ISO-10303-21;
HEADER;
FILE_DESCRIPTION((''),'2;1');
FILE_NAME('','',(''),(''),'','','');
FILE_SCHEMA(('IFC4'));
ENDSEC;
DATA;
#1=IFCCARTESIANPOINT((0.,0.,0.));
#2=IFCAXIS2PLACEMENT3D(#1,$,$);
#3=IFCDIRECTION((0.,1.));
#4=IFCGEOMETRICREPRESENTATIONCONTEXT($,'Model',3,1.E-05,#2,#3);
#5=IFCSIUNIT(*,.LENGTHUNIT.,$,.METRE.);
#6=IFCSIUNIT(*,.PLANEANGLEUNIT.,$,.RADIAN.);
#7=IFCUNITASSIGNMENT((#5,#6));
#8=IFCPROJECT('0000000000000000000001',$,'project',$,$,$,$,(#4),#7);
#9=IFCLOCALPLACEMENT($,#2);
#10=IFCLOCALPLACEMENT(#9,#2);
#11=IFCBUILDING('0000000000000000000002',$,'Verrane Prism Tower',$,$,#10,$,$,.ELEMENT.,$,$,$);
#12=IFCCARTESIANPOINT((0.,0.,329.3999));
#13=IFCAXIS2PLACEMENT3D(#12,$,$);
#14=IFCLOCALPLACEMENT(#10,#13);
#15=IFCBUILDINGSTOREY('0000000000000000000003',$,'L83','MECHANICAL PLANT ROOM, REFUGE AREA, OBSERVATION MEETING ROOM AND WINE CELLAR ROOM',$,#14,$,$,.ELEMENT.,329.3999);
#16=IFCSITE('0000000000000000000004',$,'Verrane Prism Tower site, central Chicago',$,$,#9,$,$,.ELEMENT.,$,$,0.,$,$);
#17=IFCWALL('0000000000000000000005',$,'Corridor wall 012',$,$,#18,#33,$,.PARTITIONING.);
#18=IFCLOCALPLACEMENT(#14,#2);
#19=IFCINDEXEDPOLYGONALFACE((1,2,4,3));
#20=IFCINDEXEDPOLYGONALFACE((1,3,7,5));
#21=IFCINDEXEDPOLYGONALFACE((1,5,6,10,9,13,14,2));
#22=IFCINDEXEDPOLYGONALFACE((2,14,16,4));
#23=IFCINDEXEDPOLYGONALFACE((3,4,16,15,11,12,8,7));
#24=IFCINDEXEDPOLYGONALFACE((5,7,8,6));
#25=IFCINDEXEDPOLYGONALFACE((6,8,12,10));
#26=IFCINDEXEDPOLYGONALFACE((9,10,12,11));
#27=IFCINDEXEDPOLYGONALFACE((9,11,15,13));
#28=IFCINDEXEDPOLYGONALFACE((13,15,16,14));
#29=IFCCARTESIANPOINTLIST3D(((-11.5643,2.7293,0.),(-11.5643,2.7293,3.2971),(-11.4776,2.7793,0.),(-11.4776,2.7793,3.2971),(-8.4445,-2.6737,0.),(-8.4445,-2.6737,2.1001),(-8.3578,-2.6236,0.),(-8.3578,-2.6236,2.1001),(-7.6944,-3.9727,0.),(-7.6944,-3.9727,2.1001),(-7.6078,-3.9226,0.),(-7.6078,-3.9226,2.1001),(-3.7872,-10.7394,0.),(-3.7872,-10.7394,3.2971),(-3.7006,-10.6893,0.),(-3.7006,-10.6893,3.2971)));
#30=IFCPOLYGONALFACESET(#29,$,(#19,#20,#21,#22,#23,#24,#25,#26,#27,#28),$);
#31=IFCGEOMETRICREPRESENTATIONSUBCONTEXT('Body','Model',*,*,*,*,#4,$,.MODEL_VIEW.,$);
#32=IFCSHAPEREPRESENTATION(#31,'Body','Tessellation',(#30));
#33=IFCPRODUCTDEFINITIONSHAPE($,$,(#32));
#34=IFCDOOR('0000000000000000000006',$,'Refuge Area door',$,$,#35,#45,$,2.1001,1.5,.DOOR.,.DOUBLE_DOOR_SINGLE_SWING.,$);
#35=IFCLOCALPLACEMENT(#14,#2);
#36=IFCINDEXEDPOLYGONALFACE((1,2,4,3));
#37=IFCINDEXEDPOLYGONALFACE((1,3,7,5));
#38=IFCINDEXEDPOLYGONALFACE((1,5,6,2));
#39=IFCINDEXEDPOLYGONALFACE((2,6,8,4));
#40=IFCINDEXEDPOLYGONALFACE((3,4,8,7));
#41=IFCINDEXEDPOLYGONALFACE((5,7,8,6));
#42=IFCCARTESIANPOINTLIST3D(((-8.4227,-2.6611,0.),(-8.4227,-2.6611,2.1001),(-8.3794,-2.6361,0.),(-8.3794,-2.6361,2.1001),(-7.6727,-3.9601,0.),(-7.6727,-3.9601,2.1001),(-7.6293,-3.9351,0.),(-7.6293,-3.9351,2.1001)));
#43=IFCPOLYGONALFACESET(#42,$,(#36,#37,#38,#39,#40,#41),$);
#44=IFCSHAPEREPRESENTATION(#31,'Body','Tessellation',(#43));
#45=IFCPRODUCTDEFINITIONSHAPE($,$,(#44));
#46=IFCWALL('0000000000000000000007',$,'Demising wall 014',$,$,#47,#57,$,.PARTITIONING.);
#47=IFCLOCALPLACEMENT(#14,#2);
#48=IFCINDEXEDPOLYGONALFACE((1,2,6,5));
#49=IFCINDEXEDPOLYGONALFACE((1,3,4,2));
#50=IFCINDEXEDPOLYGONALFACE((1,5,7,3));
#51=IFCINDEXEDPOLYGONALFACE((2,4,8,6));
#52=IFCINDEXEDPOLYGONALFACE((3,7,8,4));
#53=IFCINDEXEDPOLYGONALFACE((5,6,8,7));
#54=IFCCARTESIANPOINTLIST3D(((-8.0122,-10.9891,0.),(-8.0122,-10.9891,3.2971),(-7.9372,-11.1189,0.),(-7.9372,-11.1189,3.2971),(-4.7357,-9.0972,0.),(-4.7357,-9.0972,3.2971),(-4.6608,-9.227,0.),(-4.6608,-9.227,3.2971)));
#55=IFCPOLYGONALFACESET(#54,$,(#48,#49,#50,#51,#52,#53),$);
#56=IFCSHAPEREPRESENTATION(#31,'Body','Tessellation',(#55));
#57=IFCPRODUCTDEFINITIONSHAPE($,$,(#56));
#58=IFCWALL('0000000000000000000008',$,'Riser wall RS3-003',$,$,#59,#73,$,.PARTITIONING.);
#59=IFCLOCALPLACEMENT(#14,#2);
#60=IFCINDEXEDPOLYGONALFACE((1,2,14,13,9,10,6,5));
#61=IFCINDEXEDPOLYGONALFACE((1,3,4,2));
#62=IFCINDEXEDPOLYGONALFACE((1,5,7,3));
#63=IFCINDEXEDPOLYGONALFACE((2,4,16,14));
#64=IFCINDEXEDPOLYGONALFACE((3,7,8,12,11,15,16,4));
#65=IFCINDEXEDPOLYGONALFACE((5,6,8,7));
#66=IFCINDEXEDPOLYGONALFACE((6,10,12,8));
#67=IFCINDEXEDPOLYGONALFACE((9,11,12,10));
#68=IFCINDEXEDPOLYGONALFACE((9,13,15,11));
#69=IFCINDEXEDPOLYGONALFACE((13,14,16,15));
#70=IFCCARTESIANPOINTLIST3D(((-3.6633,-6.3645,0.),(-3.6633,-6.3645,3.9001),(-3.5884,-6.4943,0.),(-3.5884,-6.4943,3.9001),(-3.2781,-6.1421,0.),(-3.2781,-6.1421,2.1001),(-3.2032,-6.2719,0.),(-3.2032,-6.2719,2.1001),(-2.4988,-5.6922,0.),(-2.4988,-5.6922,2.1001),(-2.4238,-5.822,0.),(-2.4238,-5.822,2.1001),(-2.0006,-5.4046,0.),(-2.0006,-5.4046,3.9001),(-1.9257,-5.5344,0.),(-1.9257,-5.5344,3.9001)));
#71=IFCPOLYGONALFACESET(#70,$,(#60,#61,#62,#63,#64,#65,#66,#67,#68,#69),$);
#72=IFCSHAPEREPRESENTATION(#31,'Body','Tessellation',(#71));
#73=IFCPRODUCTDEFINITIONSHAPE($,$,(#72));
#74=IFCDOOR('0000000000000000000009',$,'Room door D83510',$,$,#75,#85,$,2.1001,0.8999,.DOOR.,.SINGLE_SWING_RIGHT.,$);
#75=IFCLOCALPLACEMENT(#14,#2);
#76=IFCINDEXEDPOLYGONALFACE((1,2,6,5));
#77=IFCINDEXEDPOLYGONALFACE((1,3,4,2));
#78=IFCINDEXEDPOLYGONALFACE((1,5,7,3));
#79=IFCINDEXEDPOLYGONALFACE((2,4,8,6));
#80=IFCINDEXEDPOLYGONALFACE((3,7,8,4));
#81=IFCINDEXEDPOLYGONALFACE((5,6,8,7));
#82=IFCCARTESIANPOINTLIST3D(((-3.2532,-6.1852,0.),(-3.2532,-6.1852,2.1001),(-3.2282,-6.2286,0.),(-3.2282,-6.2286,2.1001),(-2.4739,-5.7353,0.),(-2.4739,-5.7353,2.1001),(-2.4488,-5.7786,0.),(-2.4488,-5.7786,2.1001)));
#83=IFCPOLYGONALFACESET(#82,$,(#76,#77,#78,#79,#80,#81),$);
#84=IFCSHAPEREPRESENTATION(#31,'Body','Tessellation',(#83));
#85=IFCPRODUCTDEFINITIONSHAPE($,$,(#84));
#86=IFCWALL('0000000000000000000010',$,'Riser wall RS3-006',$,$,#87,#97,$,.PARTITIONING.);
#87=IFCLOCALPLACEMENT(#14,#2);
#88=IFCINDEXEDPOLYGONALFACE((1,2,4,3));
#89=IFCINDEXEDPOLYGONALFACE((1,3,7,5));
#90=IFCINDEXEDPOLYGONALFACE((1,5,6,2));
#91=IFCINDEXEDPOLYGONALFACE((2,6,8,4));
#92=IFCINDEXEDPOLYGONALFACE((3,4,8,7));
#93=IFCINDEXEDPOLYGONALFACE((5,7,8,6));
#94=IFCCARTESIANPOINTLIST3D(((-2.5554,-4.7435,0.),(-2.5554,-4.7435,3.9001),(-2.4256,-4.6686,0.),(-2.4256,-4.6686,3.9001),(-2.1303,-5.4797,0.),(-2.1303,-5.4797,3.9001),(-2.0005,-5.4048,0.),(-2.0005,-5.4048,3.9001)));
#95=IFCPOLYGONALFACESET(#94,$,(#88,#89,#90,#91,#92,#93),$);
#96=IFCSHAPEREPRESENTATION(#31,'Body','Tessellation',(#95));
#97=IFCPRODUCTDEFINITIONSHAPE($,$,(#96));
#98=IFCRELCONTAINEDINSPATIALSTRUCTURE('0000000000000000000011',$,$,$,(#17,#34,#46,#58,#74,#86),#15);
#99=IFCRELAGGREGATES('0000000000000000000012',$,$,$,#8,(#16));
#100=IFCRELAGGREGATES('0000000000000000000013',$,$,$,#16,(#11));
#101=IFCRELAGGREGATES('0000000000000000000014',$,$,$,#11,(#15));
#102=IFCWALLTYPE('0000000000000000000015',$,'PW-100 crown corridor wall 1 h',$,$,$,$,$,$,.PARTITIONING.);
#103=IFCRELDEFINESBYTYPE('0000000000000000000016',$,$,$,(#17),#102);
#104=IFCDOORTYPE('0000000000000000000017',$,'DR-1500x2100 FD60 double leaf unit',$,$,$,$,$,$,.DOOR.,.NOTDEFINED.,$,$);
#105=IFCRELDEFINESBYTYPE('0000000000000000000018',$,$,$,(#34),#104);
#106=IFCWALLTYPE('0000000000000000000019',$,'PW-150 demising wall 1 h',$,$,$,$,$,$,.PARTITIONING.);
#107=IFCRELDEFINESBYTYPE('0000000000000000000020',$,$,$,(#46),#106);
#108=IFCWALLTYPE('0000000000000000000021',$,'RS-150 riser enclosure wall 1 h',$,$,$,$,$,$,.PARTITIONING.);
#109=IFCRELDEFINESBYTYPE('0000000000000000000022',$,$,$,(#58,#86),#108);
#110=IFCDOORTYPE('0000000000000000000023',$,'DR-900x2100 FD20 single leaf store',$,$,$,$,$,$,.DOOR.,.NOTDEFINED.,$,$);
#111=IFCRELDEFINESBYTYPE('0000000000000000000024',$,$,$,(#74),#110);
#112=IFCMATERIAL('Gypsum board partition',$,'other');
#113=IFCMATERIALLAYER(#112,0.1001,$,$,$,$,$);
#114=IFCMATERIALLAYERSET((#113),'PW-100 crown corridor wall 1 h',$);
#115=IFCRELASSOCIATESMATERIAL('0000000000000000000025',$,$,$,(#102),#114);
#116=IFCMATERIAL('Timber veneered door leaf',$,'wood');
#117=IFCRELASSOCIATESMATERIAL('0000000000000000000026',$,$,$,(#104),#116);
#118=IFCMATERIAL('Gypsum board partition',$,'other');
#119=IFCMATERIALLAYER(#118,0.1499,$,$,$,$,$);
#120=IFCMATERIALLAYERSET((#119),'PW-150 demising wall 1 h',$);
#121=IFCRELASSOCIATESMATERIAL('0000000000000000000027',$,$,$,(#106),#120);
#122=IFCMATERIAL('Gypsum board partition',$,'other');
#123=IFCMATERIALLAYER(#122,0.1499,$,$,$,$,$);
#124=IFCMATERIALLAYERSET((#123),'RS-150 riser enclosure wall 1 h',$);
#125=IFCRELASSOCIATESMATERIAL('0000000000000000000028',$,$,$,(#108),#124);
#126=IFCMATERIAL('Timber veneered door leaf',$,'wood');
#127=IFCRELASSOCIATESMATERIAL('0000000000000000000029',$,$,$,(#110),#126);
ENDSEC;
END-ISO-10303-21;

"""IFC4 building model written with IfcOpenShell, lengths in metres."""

from ifc_helpers import new_model, si_unit, direction, frame, frame_2d, origin, place, context, subcontext, project, spatial, rectangle, extrude, material, layer, layer_set, type_object, element, fill, save


model = new_model("IFC4")

# Units and contexts
model_context = context("Model", 3, precision=1e-05, world=origin(), true_north=direction((0.0, 1.0)))
body_context = subcontext(model_context, "Body", "Model", "MODEL_VIEW")
ifc_project = project(units=[si_unit("LENGTHUNIT", "METRE"), si_unit("PLANEANGLEUNIT", "RADIAN")], contexts=[model_context])

# Site, building, storey
site_placement = place(None, origin())
site = spatial("IfcSite", under=ifc_project, at=site_placement, Name="Verrane Prism Tower site, central Chicago", CompositionType="ELEMENT", RefElevation=0.0)
building_placement = place(site_placement, origin())
building = spatial("IfcBuilding", under=site, at=building_placement, Name="Verrane Prism Tower", CompositionType="ELEMENT")
storey_placement = place(building_placement, frame((0.0, 0.0, 329.3999)))
storey = spatial("IfcBuildingStorey", under=building, at=storey_placement, Name="L83", Description="MECHANICAL PLANT ROOM, REFUGE AREA, OBSERVATION MEETING ROOM AND WINE CELLAR ROOM", CompositionType="ELEMENT", Elevation=329.3999)

# Wall, opening, door
ifc_material_1 = material(Name="Gypsum board partition", Category="other")
ifc_layer_1 = layer(ifc_material_1, 0.1001)
ifc_layer_set_1 = layer_set([ifc_layer_1], Name="PW-100 crown corridor wall 1 h")
wall_type_1 = type_object("IfcWallType", Name="PW-100 crown corridor wall 1 h", PredefinedType="PARTITIONING", material=ifc_layer_set_1)
wall_1_placement = place(storey_placement, frame((-3.7439, -10.7144, 0.0), z_axis=(0.0, 0.0, 1.0), x_axis=(-0.500044, 0.866, 0.0)))
wall_1 = element("IfcWall", 1, at=wall_1_placement, inside=storey, type_object=wall_type_1, Name="Corridor wall 012", PredefinedType="PARTITIONING", context=body_context, shape_type="SweptSolid", body=[
    extrude(rectangle(XDim=15.5527, YDim=0.1001, at=frame_2d((7.7764, 0.0))), origin(), (0.0, 0.0, 1.0), 3.2971),
])
opening_1_placement = place(wall_1_placement, frame((7.8137, 0.0, 0.0)))
opening_1 = element("IfcOpeningElement", 2, at=opening_1_placement, cuts=wall_1, PredefinedType="OPENING", context=body_context, shape_type="SweptSolid", body=[
    extrude(rectangle(XDim=1.5, YDim=2.1001, at=frame_2d((0.75, 1.05))), frame((0.0, 0.0601, 0.0), z_axis=(0.0, -1.0, 0.0), x_axis=(1.0, 0.0, 0.0)), (0.0, 0.0, 1.0), 0.1201),
])
ifc_material_2 = material(Name="Timber veneered door leaf", Category="wood")
door_type_1 = type_object("IfcDoorType", Name="DR-1500x2100 FD60 double leaf unit", OperationType="NOTDEFINED", PredefinedType="DOOR", material=ifc_material_2)
door_1_placement = place(opening_1_placement, origin())
door_1 = element("IfcDoor", 3, at=door_1_placement, inside=storey, type_object=door_type_1, Name="Refuge Area door", OperationType="DOUBLE_DOOR_SINGLE_SWING", OverallHeight=2.1001, OverallWidth=1.5, PredefinedType="DOOR", context=body_context, shape_type="SweptSolid", body=[
    extrude(rectangle(XDim=1.5, YDim=2.1001, at=frame_2d((0.75, 1.05))), frame((0.0, 0.0249, 0.0), z_axis=(0.0, -1.0, 0.0), x_axis=(1.0, 0.0, 0.0)), (0.0, 0.0, 1.0), 0.05),
])
fill(opening_1, door_1)

# Wall
ifc_material_3 = material(Name="Gypsum board partition", Category="other")
ifc_layer_2 = layer(ifc_material_3, 0.1499)
ifc_layer_set_2 = layer_set([ifc_layer_2], Name="PW-150 demising wall 1 h")
wall_type_2 = type_object("IfcWallType", Name="PW-150 demising wall 1 h", PredefinedType="PARTITIONING", material=ifc_layer_set_2)
wall_2_placement = place(storey_placement, frame((-7.9746, -11.054, 0.0), z_axis=(0.0, 0.0, 1.0), x_axis=(0.865999, 0.500046, 0.0)))
element("IfcWall", 4, at=wall_2_placement, inside=storey, type_object=wall_type_2, Name="Demising wall 014", PredefinedType="PARTITIONING", context=body_context, shape_type="SweptSolid", body=[
    extrude(rectangle(XDim=3.7834, YDim=0.1499, at=frame_2d((1.8916, 0.0))), origin(), (0.0, 0.0, 1.0), 3.2971),
])

# Wall, opening, door
ifc_material_4 = material(Name="Gypsum board partition", Category="other")
ifc_layer_3 = layer(ifc_material_4, 0.1499)
ifc_layer_set_3 = layer_set([ifc_layer_3], Name="RS-150 riser enclosure wall 1 h")
wall_type_3 = type_object("IfcWallType", Name="RS-150 riser enclosure wall 1 h", PredefinedType="PARTITIONING", material=ifc_layer_set_3)
wall_3_placement = place(storey_placement, frame((-1.9631, -5.4695, 0.0), z_axis=(0.0, 0.0, 1.0), x_axis=(-0.866044, -0.499968, 0.0)))
wall_3 = element("IfcWall", 5, at=wall_3_placement, inside=storey, type_object=wall_type_3, Name="Riser wall RS3-003", PredefinedType="PARTITIONING", context=body_context, shape_type="SweptSolid", body=[
    extrude(rectangle(XDim=1.9199, YDim=0.1499, at=frame_2d((0.96, 0.0))), origin(), (0.0, 0.0, 1.0), 3.9001),
])
opening_2_placement = place(wall_3_placement, frame((0.5752, 0.0, 0.0)))
opening_2 = element("IfcOpeningElement", 6, at=opening_2_placement, cuts=wall_3, PredefinedType="OPENING", context=body_context, shape_type="SweptSolid", body=[
    extrude(rectangle(XDim=0.8999, YDim=2.1001, at=frame_2d((0.45, 1.05))), frame((0.0, 0.085, 0.0), z_axis=(0.0, -1.0, 0.0), x_axis=(1.0, 0.0, 0.0)), (0.0, 0.0, 1.0), 0.1699),
])
ifc_material_5 = material(Name="Timber veneered door leaf", Category="wood")
door_type_2 = type_object("IfcDoorType", Name="DR-900x2100 FD20 single leaf store", OperationType="NOTDEFINED", PredefinedType="DOOR", material=ifc_material_5)
door_2_placement = place(opening_2_placement, origin())
door_2 = element("IfcDoor", 7, at=door_2_placement, inside=storey, type_object=door_type_2, Name="Room door D83510", OperationType="SINGLE_SWING_RIGHT", OverallHeight=2.1001, OverallWidth=0.8999, PredefinedType="DOOR", context=body_context, shape_type="SweptSolid", body=[
    extrude(rectangle(XDim=0.8999, YDim=2.1001, at=frame_2d((0.45, 1.05))), frame((0.0, 0.0249, 0.0), z_axis=(0.0, -1.0, 0.0), x_axis=(1.0, 0.0, 0.0)), (0.0, 0.0, 1.0), 0.05),
])
fill(opening_2, door_2)

# Wall
wall_4_placement = place(storey_placement, frame((-2.4905, -4.7061, 0.0), z_axis=(0.0, 0.0, 1.0), x_axis=(0.500062, -0.865989, 0.0)))
element("IfcWall", 8, at=wall_4_placement, inside=storey, type_object=wall_type_3, Name="Riser wall RS3-006", PredefinedType="PARTITIONING", context=body_context, shape_type="SweptSolid", body=[
    extrude(rectangle(XDim=0.8501, YDim=0.1499, at=frame_2d((0.425, 0.0))), origin(), (0.0, 0.0, 1.0), 3.9001),
])

save(model, "model.ifc")
